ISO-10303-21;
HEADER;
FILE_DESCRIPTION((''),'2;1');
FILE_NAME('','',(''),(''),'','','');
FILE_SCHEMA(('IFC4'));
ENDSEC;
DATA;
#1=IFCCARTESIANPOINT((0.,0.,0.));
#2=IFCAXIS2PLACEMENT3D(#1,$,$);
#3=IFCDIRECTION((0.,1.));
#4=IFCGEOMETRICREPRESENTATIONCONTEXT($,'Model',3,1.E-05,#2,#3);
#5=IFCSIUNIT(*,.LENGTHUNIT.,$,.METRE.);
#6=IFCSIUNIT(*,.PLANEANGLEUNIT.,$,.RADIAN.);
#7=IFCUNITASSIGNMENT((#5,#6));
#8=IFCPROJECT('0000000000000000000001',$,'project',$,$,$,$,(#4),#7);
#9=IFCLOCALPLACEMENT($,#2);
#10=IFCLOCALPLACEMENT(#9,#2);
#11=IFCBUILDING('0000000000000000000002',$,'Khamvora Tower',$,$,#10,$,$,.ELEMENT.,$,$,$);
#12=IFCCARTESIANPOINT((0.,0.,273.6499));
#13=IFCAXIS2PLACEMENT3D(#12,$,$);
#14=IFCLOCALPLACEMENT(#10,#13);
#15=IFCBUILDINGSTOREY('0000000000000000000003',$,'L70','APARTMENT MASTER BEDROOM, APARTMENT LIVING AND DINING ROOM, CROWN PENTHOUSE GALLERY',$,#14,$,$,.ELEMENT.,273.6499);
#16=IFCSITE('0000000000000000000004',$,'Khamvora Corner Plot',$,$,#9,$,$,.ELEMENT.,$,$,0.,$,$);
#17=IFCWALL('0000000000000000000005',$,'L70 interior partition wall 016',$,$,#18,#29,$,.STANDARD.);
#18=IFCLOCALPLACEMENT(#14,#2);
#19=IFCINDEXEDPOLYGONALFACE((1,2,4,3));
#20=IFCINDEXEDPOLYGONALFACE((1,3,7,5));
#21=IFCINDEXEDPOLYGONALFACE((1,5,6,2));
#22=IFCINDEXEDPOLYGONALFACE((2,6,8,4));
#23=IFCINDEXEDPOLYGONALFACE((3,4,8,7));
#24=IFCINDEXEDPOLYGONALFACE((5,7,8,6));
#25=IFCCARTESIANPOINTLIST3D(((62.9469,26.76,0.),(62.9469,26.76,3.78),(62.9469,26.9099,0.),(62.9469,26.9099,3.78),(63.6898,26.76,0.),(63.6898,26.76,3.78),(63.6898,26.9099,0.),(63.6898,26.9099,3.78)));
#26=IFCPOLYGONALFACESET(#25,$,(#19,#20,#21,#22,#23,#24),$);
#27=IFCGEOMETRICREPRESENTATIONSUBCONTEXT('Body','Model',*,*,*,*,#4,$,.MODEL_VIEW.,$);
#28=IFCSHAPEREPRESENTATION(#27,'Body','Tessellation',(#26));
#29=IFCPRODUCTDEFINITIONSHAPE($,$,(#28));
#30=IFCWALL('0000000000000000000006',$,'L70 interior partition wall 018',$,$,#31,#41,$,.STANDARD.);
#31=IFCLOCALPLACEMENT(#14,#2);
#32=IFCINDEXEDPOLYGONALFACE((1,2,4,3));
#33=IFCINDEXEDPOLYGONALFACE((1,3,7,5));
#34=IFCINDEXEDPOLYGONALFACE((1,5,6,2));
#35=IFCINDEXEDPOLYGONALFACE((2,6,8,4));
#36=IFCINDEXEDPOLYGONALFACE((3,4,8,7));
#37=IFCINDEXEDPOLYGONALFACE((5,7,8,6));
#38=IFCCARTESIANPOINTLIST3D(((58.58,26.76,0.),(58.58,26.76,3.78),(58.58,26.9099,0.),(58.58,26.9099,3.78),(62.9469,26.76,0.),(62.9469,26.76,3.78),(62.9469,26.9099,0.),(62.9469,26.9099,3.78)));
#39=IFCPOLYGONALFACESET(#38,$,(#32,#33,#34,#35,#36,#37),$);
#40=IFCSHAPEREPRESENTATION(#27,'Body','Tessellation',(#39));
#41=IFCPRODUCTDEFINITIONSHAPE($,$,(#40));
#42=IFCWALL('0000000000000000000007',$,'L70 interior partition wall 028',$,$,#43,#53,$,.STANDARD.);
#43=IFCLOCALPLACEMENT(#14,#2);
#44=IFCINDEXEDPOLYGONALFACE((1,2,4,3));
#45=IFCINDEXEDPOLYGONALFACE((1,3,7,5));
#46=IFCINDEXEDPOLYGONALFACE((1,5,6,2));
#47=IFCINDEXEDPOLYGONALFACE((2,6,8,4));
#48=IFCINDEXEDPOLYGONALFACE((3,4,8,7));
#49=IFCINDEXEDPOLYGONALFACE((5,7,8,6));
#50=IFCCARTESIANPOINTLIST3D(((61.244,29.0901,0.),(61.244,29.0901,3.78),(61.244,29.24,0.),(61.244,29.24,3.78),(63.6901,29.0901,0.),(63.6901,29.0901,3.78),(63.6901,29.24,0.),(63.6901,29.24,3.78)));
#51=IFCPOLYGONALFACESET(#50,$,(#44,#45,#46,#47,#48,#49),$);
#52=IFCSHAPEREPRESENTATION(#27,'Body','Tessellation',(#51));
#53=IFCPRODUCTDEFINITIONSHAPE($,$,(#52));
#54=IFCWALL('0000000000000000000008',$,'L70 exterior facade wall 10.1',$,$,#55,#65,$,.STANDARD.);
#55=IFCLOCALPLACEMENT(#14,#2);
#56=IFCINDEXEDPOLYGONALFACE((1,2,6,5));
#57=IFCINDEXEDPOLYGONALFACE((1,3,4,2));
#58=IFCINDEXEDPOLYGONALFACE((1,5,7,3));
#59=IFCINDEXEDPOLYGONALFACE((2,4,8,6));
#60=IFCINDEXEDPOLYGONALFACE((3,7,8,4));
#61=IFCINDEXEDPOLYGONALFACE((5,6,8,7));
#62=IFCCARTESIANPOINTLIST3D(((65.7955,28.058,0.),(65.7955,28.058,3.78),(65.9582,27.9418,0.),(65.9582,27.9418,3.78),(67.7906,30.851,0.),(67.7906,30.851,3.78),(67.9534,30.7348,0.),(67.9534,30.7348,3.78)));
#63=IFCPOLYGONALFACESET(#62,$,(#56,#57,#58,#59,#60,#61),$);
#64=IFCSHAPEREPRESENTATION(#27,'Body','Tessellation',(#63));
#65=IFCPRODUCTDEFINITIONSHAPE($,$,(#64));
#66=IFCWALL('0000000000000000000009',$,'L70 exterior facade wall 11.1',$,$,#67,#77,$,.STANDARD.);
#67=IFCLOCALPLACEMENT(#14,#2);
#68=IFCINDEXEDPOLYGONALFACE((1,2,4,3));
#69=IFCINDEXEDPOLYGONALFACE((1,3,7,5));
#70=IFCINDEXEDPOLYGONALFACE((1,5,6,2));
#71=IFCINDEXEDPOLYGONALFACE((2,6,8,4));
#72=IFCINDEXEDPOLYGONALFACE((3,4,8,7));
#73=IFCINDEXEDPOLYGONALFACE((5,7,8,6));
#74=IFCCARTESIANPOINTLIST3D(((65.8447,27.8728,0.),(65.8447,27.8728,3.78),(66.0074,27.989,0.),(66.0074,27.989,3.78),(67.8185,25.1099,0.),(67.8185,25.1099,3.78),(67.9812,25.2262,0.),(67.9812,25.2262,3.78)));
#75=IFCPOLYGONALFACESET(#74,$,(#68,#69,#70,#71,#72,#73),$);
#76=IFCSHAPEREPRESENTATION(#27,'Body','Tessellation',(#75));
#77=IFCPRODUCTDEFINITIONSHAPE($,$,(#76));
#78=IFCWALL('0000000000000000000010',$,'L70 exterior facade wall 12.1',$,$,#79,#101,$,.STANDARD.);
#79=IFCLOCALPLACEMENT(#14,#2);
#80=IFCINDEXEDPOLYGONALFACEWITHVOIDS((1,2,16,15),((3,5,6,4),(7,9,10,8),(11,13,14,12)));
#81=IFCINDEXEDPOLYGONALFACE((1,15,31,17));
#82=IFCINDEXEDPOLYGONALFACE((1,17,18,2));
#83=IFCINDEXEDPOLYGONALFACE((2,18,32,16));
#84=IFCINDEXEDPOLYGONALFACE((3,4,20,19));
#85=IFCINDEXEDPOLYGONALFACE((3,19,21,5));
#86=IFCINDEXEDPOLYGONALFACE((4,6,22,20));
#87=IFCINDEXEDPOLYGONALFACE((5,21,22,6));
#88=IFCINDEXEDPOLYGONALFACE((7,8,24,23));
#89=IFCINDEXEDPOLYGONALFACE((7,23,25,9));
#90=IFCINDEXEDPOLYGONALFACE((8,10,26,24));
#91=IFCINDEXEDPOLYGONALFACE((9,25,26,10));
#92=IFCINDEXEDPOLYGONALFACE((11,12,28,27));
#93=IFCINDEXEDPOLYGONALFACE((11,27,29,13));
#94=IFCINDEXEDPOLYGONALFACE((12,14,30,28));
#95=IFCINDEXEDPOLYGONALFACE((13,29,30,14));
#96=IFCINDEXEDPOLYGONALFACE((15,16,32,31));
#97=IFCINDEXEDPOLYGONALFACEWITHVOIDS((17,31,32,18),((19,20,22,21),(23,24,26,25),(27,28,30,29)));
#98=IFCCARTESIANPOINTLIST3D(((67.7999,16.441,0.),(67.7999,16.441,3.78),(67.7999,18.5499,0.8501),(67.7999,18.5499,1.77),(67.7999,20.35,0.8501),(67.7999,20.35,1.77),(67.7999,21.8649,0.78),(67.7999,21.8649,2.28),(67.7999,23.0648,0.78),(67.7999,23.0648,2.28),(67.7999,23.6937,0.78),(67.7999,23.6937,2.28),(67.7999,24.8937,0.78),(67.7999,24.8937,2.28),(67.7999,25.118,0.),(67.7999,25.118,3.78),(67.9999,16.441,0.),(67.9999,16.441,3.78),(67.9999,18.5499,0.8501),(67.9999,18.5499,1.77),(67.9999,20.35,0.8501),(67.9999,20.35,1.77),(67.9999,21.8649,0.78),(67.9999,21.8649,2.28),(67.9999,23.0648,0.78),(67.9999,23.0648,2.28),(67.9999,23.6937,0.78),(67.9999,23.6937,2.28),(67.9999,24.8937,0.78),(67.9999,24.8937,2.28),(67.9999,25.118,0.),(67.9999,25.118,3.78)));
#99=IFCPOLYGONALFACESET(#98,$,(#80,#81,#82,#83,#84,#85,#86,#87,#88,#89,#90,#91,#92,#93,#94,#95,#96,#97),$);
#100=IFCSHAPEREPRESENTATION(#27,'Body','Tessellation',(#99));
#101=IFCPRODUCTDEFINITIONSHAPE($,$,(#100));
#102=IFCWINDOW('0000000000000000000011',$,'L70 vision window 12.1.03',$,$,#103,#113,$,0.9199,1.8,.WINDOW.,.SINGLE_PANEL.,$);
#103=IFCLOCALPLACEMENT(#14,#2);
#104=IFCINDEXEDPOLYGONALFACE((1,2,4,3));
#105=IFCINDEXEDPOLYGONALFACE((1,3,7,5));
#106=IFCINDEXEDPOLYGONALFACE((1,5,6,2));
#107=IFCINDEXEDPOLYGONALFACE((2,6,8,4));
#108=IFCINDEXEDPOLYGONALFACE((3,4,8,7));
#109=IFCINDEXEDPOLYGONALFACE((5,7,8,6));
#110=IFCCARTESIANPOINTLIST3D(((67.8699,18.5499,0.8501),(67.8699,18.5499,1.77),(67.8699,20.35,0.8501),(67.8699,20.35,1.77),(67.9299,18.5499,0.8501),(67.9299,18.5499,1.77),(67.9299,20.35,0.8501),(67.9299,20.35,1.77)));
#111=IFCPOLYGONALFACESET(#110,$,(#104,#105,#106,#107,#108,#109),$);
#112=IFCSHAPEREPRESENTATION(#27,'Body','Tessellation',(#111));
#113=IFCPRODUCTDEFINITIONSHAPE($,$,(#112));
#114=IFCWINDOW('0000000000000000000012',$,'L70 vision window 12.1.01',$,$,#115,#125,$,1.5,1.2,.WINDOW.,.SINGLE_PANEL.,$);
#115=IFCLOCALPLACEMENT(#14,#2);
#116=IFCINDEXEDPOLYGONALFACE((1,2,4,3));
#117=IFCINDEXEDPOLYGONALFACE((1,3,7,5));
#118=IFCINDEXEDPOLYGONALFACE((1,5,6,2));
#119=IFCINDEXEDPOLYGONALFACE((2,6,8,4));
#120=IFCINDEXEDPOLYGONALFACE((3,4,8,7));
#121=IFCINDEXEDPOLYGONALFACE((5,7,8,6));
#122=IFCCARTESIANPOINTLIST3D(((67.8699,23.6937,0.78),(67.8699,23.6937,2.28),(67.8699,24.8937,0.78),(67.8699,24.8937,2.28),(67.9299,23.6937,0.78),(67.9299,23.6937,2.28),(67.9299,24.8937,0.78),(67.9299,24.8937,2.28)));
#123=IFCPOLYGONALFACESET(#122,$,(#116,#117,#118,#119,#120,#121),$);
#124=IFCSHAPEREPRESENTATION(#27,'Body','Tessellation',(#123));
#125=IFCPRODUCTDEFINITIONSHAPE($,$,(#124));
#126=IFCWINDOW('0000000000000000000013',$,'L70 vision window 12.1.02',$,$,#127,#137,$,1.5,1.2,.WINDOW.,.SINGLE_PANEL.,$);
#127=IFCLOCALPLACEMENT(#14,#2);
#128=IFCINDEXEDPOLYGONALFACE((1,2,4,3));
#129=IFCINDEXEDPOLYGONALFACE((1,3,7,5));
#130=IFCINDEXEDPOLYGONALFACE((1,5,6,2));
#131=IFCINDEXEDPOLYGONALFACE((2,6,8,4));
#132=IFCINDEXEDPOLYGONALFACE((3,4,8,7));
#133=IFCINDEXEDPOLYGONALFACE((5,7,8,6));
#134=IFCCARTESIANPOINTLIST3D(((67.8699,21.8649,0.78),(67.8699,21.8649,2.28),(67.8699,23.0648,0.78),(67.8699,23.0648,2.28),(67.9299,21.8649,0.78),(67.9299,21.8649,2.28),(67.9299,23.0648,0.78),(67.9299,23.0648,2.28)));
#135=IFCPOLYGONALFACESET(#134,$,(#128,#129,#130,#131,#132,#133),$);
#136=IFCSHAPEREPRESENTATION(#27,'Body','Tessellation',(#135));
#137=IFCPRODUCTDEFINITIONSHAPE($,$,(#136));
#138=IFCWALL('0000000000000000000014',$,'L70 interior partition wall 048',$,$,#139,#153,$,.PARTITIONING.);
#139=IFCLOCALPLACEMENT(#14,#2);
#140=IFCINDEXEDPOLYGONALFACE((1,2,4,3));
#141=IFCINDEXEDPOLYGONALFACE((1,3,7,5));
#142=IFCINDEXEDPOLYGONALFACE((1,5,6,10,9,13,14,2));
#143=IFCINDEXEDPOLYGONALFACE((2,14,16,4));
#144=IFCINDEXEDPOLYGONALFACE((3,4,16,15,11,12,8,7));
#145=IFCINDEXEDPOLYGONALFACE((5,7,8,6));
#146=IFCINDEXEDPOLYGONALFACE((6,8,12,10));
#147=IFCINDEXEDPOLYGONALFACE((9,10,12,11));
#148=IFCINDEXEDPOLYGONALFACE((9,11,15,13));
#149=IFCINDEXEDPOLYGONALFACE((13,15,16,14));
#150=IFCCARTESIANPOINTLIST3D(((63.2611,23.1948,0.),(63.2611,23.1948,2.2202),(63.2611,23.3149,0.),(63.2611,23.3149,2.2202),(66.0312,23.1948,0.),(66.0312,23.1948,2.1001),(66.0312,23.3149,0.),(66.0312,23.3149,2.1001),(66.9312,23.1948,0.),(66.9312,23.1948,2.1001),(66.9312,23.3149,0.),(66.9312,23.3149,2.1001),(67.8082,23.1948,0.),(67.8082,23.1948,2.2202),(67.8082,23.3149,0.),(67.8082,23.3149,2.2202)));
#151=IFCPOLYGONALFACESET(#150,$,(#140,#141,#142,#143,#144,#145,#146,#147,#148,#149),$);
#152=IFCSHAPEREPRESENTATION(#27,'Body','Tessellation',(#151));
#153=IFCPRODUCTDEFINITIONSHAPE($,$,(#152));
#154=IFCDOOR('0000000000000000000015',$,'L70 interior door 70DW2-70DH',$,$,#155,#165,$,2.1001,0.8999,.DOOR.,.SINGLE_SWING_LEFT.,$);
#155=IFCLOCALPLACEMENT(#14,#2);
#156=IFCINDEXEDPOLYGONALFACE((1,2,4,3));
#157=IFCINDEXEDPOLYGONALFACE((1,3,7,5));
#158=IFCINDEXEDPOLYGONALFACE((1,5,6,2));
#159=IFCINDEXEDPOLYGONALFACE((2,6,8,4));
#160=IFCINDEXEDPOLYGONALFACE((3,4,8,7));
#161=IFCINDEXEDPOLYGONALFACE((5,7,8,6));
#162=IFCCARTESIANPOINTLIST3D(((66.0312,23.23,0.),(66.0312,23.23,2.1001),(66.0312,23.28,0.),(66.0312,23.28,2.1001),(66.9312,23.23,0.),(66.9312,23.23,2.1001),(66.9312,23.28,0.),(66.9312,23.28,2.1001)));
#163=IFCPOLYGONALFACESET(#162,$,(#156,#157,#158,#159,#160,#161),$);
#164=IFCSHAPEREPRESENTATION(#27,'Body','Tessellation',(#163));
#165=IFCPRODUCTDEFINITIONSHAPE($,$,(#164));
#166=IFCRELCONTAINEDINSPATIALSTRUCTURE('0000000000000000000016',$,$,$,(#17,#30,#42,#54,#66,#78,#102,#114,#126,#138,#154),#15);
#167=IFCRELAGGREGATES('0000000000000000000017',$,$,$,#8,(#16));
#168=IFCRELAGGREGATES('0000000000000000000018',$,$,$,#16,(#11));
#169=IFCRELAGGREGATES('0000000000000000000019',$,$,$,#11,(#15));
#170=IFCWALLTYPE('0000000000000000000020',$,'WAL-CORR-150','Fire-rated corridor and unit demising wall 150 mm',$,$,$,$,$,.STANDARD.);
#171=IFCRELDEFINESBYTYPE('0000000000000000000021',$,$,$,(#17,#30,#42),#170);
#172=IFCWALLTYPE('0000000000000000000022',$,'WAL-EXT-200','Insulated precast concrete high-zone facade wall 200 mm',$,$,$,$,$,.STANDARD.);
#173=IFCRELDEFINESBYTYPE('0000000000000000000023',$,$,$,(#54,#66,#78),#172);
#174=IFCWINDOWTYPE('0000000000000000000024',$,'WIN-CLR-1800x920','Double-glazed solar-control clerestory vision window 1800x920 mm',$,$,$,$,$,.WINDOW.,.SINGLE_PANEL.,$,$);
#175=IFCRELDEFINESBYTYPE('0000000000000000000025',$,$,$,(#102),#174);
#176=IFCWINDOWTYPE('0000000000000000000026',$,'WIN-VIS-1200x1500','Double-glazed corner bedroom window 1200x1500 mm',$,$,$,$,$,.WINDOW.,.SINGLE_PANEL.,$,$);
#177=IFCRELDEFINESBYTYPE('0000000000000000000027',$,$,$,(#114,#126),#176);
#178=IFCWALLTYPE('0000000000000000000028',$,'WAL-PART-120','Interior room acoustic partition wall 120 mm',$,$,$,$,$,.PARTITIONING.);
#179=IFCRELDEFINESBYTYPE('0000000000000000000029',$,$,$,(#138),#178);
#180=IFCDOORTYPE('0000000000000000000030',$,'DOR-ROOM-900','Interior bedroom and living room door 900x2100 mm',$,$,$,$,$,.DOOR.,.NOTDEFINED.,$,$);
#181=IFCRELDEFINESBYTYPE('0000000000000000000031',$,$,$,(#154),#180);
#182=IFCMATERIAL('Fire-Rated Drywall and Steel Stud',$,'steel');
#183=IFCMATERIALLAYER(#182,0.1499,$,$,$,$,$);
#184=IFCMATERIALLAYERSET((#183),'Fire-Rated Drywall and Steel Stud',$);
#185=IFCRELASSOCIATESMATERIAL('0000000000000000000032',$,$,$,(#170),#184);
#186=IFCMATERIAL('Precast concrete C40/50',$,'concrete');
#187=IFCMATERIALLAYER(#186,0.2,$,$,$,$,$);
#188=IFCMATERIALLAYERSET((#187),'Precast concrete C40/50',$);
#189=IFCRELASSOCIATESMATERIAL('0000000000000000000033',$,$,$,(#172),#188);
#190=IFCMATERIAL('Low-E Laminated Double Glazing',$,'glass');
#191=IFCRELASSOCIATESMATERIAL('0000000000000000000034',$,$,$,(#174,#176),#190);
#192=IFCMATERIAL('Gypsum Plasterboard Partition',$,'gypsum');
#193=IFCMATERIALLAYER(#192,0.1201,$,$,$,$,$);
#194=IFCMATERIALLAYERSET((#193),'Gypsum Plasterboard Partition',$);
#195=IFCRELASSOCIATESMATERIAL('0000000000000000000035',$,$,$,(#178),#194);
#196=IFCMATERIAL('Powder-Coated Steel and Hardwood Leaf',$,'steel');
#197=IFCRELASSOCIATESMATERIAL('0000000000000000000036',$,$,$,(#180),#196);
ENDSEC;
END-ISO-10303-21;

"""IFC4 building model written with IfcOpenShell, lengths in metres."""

from ifc_helpers import new_model, si_unit, direction, frame, frame_2d, origin, place, context, subcontext, project, spatial, rectangle, extrude, material, layer, layer_set, type_object, element, fill, save


model = new_model("IFC4")

# Units and contexts
model_context = context("Model", 3, precision=1e-05, world=origin(), true_north=direction((0.0, 1.0)))
body_context = subcontext(model_context, "Body", "Model", "MODEL_VIEW")
ifc_project = project(units=[si_unit("LENGTHUNIT", "METRE"), si_unit("PLANEANGLEUNIT", "RADIAN")], contexts=[model_context])

# Site, building, storey
site_placement = place(None, origin())
site = spatial("IfcSite", under=ifc_project, at=site_placement, Name="Khamvora Corner Plot", CompositionType="ELEMENT", RefElevation=0.0)
building_placement = place(site_placement, origin())
building = spatial("IfcBuilding", under=site, at=building_placement, Name="Khamvora Tower", CompositionType="ELEMENT")
storey_placement = place(building_placement, frame((0.0, 0.0, 273.6499)))
storey = spatial("IfcBuildingStorey", under=building, at=storey_placement, Name="L70", Description="APARTMENT MASTER BEDROOM, APARTMENT LIVING AND DINING ROOM, CROWN PENTHOUSE GALLERY", CompositionType="ELEMENT", Elevation=273.6499)

# Walls
ifc_material_1 = material(Name="Fire-Rated Drywall and Steel Stud", Category="steel")
ifc_layer_1 = layer(ifc_material_1, 0.1499)
ifc_layer_set_1 = layer_set([ifc_layer_1], Name="Fire-Rated Drywall and Steel Stud")
wall_type_1 = type_object("IfcWallType", Name="WAL-CORR-150", Description="Fire-rated corridor and unit demising wall 150 mm", PredefinedType="STANDARD", material=ifc_layer_set_1)
wall_1_placement = place(storey_placement, frame((63.6899, 26.835, 0.0), z_axis=(0.0, 0.0, 1.0), x_axis=(-1.0, 0.0, 0.0)))
element("IfcWall", 1, at=wall_1_placement, inside=storey, type_object=wall_type_1, Name="L70 interior partition wall 016", PredefinedType="STANDARD", context=body_context, shape_type="SweptSolid", body=[
    extrude(rectangle(XDim=0.7429, YDim=0.1499, at=frame_2d((0.3716, 0.0))), origin(), (0.0, 0.0, 1.0), 3.78),
])
wall_2_placement = place(storey_placement, frame((62.947, 26.835, 0.0), z_axis=(0.0, 0.0, 1.0), x_axis=(-1.0, 0.0, 0.0)))
element("IfcWall", 2, at=wall_2_placement, inside=storey, type_object=wall_type_1, Name="L70 interior partition wall 018", PredefinedType="STANDARD", context=body_context, shape_type="SweptSolid", body=[
    extrude(rectangle(XDim=4.3669, YDim=0.1499, at=frame_2d((2.1836, 0.0))), origin(), (0.0, 0.0, 1.0), 3.78),
])
wall_3_placement = place(storey_placement, frame((61.2439, 29.165, 0.0), z_axis=(0.0, 0.0, 1.0), x_axis=(1.0, 0.0, 0.0)))
element("IfcWall", 3, at=wall_3_placement, inside=storey, type_object=wall_type_1, Name="L70 interior partition wall 028", PredefinedType="STANDARD", context=body_context, shape_type="SweptSolid", body=[
    extrude(rectangle(XDim=2.446, YDim=0.1499, at=frame_2d((1.2231, 0.0))), origin(), (0.0, 0.0, 1.0), 3.78),
])
ifc_material_2 = material(Name="Precast concrete C40/50", Category="concrete")
ifc_layer_2 = layer(ifc_material_2, 0.2)
ifc_layer_set_2 = layer_set([ifc_layer_2], Name="Precast concrete C40/50")
wall_type_2 = type_object("IfcWallType", Name="WAL-EXT-200", Description="Insulated precast concrete high-zone facade wall 200 mm", PredefinedType="STANDARD", material=ifc_layer_set_2)
wall_4_placement = place(storey_placement, frame((67.8721, 30.793, 0.0), z_axis=(0.0, 0.0, 1.0), x_axis=(-0.581265, -0.813714, 0.0)))
element("IfcWall", 4, at=wall_4_placement, inside=storey, type_object=wall_type_2, Name="L70 exterior facade wall 10.1", PredefinedType="STANDARD", context=body_context, shape_type="SweptSolid", body=[
    extrude(rectangle(XDim=3.4324, YDim=0.2, at=frame_2d((1.7163, 0.0))), origin(), (0.0, 0.0, 1.0), 3.78),
])
wall_5_placement = place(storey_placement, frame((65.926, 27.9309, 0.0), z_axis=(0.0, 0.0, 1.0), x_axis=(0.581306, -0.813685, 0.0)))
element("IfcWall", 5, at=wall_5_placement, inside=storey, type_object=wall_type_2, Name="L70 exterior facade wall 11.1", PredefinedType="STANDARD", context=body_context, shape_type="SweptSolid", body=[
    extrude(rectangle(XDim=3.3955, YDim=0.2, at=frame_2d((1.6978, 0.0))), origin(), (0.0, 0.0, 1.0), 3.78),
])

# Wall, openings, windows
wall_6_placement = place(storey_placement, frame((67.8999, 25.1179, 0.0), z_axis=(0.0, 0.0, 1.0), x_axis=(0.0, -1.0, 0.0)))
wall_6 = element("IfcWall", 6, at=wall_6_placement, inside=storey, type_object=wall_type_2, Name="L70 exterior facade wall 12.1", PredefinedType="STANDARD", context=body_context, shape_type="SweptSolid", body=[
    extrude(rectangle(XDim=8.677, YDim=0.2, at=frame_2d((4.3384, 0.0))), origin(), (0.0, 0.0, 1.0), 3.78),
])
opening_1_placement = place(wall_6_placement, frame((0.2241, 0.0, 0.78)))
opening_1 = element("IfcOpeningElement", 7, at=opening_1_placement, cuts=wall_6, PredefinedType="OPENING", context=body_context, shape_type="SweptSolid", body=[
    extrude(rectangle(XDim=1.2, YDim=1.5, at=frame_2d((0.6001, 0.75))), frame((0.0, 0.1099, 0.0), z_axis=(0.0, -1.0, 0.0), x_axis=(1.0, 0.0, 0.0)), (0.0, 0.0, 1.0), 0.22),
])
opening_2_placement = place(wall_6_placement, frame((2.053, 0.0, 0.78)))
opening_2 = element("IfcOpeningElement", 8, at=opening_2_placement, cuts=wall_6, PredefinedType="OPENING", context=body_context, shape_type="SweptSolid", body=[
    extrude(rectangle(XDim=1.2, YDim=1.5, at=frame_2d((0.6001, 0.75))), frame((0.0, 0.1099, 0.0), z_axis=(0.0, -1.0, 0.0), x_axis=(1.0, 0.0, 0.0)), (0.0, 0.0, 1.0), 0.22),
])
opening_3_placement = place(wall_6_placement, frame((4.7681, 0.0, 0.8501)))
opening_3 = element("IfcOpeningElement", 9, at=opening_3_placement, cuts=wall_6, PredefinedType="OPENING", context=body_context, shape_type="SweptSolid", body=[
    extrude(rectangle(XDim=1.8, YDim=0.9199, at=frame_2d((0.8999, 0.46))), frame((0.0, 0.1099, 0.0), z_axis=(0.0, -1.0, 0.0), x_axis=(1.0, 0.0, 0.0)), (0.0, 0.0, 1.0), 0.22),
])
ifc_material_3 = material(Name="Low-E Laminated Double Glazing", Category="glass")
window_type_1 = type_object("IfcWindowType", Name="WIN-CLR-1800x920", Description="Double-glazed solar-control clerestory vision window 1800x920 mm", PartitioningType="SINGLE_PANEL", PredefinedType="WINDOW", material=ifc_material_3)
window_1_placement = place(opening_3_placement, origin())
window_1 = element("IfcWindow", 10, at=window_1_placement, inside=storey, type_object=window_type_1, Name="L70 vision window 12.1.03", OverallHeight=0.9199, OverallWidth=1.8, PartitioningType="SINGLE_PANEL", PredefinedType="WINDOW", context=body_context, shape_type="SweptSolid", body=[
    extrude(rectangle(XDim=1.8, YDim=0.9199, at=frame_2d((0.8999, 0.46))), frame((0.0, 0.03, 0.0), z_axis=(0.0, -1.0, 0.0), x_axis=(1.0, 0.0, 0.0)), (0.0, 0.0, 1.0), 0.0601),
])
fill(opening_3, window_1)
window_type_2 = type_object("IfcWindowType", Name="WIN-VIS-1200x1500", Description="Double-glazed corner bedroom window 1200x1500 mm", PartitioningType="SINGLE_PANEL", PredefinedType="WINDOW", material=ifc_material_3)
window_2_placement = place(opening_1_placement, origin())
window_2 = element("IfcWindow", 11, at=window_2_placement, inside=storey, type_object=window_type_2, Name="L70 vision window 12.1.01", OverallHeight=1.5, OverallWidth=1.2, PartitioningType="SINGLE_PANEL", PredefinedType="WINDOW", context=body_context, shape_type="SweptSolid", body=[
    extrude(rectangle(XDim=1.2, YDim=1.5, at=frame_2d((0.6001, 0.75))), frame((0.0, 0.03, 0.0), z_axis=(0.0, -1.0, 0.0), x_axis=(1.0, 0.0, 0.0)), (0.0, 0.0, 1.0), 0.0601),
])
fill(opening_1, window_2)
window_3_placement = place(opening_2_placement, origin())
window_3 = element("IfcWindow", 12, at=window_3_placement, inside=storey, type_object=window_type_2, Name="L70 vision window 12.1.02", OverallHeight=1.5, OverallWidth=1.2, PartitioningType="SINGLE_PANEL", PredefinedType="WINDOW", context=body_context, shape_type="SweptSolid", body=[
    extrude(rectangle(XDim=1.2, YDim=1.5, at=frame_2d((0.6001, 0.75))), frame((0.0, 0.03, 0.0), z_axis=(0.0, -1.0, 0.0), x_axis=(1.0, 0.0, 0.0)), (0.0, 0.0, 1.0), 0.0601),
])
fill(opening_2, window_3)

# Wall, opening, door
ifc_material_4 = material(Name="Gypsum Plasterboard Partition", Category="gypsum")
ifc_layer_3 = layer(ifc_material_4, 0.1201)
ifc_layer_set_3 = layer_set([ifc_layer_3], Name="Gypsum Plasterboard Partition")
wall_type_3 = type_object("IfcWallType", Name="WAL-PART-120", Description="Interior room acoustic partition wall 120 mm", PredefinedType="PARTITIONING", material=ifc_layer_set_3)
wall_7_placement = place(storey_placement, frame((67.8081, 23.2549, 0.0), z_axis=(0.0, 0.0, 1.0), x_axis=(-1.0, 0.0, 0.0)))
wall_7 = element("IfcWall", 13, at=wall_7_placement, inside=storey, type_object=wall_type_3, Name="L70 interior partition wall 048", PredefinedType="PARTITIONING", context=body_context, shape_type="SweptSolid", body=[
    extrude(rectangle(XDim=4.5471, YDim=0.1201, at=frame_2d((2.2734, 0.0))), origin(), (0.0, 0.0, 1.0), 2.2202),
])
opening_4_placement = place(wall_7_placement, frame((0.877, 0.0, 0.0)))
opening_4 = element("IfcOpeningElement", 14, at=opening_4_placement, cuts=wall_7, PredefinedType="OPENING", context=body_context, shape_type="SweptSolid", body=[
    extrude(rectangle(XDim=0.8999, YDim=2.1001, at=frame_2d((0.45, 1.05))), frame((0.0, 0.0701, 0.0), z_axis=(0.0, -1.0, 0.0), x_axis=(1.0, 0.0, 0.0)), (0.0, 0.0, 1.0), 0.1401),
])
ifc_material_5 = material(Name="Powder-Coated Steel and Hardwood Leaf", Category="steel")
door_type_1 = type_object("IfcDoorType", Name="DOR-ROOM-900", Description="Interior bedroom and living room door 900x2100 mm", OperationType="NOTDEFINED", PredefinedType="DOOR", material=ifc_material_5)
door_1_placement = place(opening_4_placement, origin())
door_1 = element("IfcDoor", 15, at=door_1_placement, inside=storey, type_object=door_type_1, Name="L70 interior door 70DW2-70DH", OperationType="SINGLE_SWING_LEFT", OverallHeight=2.1001, OverallWidth=0.8999, PredefinedType="DOOR", context=body_context, shape_type="SweptSolid", body=[
    extrude(rectangle(XDim=0.8999, YDim=2.1001, at=frame_2d((0.45, 1.05))), frame((0.0, 0.0249, 0.0), z_axis=(0.0, -1.0, 0.0), x_axis=(1.0, 0.0, 0.0)), (0.0, 0.0, 1.0), 0.05),
])
fill(opening_4, door_1)

save(model, "model.ifc")
